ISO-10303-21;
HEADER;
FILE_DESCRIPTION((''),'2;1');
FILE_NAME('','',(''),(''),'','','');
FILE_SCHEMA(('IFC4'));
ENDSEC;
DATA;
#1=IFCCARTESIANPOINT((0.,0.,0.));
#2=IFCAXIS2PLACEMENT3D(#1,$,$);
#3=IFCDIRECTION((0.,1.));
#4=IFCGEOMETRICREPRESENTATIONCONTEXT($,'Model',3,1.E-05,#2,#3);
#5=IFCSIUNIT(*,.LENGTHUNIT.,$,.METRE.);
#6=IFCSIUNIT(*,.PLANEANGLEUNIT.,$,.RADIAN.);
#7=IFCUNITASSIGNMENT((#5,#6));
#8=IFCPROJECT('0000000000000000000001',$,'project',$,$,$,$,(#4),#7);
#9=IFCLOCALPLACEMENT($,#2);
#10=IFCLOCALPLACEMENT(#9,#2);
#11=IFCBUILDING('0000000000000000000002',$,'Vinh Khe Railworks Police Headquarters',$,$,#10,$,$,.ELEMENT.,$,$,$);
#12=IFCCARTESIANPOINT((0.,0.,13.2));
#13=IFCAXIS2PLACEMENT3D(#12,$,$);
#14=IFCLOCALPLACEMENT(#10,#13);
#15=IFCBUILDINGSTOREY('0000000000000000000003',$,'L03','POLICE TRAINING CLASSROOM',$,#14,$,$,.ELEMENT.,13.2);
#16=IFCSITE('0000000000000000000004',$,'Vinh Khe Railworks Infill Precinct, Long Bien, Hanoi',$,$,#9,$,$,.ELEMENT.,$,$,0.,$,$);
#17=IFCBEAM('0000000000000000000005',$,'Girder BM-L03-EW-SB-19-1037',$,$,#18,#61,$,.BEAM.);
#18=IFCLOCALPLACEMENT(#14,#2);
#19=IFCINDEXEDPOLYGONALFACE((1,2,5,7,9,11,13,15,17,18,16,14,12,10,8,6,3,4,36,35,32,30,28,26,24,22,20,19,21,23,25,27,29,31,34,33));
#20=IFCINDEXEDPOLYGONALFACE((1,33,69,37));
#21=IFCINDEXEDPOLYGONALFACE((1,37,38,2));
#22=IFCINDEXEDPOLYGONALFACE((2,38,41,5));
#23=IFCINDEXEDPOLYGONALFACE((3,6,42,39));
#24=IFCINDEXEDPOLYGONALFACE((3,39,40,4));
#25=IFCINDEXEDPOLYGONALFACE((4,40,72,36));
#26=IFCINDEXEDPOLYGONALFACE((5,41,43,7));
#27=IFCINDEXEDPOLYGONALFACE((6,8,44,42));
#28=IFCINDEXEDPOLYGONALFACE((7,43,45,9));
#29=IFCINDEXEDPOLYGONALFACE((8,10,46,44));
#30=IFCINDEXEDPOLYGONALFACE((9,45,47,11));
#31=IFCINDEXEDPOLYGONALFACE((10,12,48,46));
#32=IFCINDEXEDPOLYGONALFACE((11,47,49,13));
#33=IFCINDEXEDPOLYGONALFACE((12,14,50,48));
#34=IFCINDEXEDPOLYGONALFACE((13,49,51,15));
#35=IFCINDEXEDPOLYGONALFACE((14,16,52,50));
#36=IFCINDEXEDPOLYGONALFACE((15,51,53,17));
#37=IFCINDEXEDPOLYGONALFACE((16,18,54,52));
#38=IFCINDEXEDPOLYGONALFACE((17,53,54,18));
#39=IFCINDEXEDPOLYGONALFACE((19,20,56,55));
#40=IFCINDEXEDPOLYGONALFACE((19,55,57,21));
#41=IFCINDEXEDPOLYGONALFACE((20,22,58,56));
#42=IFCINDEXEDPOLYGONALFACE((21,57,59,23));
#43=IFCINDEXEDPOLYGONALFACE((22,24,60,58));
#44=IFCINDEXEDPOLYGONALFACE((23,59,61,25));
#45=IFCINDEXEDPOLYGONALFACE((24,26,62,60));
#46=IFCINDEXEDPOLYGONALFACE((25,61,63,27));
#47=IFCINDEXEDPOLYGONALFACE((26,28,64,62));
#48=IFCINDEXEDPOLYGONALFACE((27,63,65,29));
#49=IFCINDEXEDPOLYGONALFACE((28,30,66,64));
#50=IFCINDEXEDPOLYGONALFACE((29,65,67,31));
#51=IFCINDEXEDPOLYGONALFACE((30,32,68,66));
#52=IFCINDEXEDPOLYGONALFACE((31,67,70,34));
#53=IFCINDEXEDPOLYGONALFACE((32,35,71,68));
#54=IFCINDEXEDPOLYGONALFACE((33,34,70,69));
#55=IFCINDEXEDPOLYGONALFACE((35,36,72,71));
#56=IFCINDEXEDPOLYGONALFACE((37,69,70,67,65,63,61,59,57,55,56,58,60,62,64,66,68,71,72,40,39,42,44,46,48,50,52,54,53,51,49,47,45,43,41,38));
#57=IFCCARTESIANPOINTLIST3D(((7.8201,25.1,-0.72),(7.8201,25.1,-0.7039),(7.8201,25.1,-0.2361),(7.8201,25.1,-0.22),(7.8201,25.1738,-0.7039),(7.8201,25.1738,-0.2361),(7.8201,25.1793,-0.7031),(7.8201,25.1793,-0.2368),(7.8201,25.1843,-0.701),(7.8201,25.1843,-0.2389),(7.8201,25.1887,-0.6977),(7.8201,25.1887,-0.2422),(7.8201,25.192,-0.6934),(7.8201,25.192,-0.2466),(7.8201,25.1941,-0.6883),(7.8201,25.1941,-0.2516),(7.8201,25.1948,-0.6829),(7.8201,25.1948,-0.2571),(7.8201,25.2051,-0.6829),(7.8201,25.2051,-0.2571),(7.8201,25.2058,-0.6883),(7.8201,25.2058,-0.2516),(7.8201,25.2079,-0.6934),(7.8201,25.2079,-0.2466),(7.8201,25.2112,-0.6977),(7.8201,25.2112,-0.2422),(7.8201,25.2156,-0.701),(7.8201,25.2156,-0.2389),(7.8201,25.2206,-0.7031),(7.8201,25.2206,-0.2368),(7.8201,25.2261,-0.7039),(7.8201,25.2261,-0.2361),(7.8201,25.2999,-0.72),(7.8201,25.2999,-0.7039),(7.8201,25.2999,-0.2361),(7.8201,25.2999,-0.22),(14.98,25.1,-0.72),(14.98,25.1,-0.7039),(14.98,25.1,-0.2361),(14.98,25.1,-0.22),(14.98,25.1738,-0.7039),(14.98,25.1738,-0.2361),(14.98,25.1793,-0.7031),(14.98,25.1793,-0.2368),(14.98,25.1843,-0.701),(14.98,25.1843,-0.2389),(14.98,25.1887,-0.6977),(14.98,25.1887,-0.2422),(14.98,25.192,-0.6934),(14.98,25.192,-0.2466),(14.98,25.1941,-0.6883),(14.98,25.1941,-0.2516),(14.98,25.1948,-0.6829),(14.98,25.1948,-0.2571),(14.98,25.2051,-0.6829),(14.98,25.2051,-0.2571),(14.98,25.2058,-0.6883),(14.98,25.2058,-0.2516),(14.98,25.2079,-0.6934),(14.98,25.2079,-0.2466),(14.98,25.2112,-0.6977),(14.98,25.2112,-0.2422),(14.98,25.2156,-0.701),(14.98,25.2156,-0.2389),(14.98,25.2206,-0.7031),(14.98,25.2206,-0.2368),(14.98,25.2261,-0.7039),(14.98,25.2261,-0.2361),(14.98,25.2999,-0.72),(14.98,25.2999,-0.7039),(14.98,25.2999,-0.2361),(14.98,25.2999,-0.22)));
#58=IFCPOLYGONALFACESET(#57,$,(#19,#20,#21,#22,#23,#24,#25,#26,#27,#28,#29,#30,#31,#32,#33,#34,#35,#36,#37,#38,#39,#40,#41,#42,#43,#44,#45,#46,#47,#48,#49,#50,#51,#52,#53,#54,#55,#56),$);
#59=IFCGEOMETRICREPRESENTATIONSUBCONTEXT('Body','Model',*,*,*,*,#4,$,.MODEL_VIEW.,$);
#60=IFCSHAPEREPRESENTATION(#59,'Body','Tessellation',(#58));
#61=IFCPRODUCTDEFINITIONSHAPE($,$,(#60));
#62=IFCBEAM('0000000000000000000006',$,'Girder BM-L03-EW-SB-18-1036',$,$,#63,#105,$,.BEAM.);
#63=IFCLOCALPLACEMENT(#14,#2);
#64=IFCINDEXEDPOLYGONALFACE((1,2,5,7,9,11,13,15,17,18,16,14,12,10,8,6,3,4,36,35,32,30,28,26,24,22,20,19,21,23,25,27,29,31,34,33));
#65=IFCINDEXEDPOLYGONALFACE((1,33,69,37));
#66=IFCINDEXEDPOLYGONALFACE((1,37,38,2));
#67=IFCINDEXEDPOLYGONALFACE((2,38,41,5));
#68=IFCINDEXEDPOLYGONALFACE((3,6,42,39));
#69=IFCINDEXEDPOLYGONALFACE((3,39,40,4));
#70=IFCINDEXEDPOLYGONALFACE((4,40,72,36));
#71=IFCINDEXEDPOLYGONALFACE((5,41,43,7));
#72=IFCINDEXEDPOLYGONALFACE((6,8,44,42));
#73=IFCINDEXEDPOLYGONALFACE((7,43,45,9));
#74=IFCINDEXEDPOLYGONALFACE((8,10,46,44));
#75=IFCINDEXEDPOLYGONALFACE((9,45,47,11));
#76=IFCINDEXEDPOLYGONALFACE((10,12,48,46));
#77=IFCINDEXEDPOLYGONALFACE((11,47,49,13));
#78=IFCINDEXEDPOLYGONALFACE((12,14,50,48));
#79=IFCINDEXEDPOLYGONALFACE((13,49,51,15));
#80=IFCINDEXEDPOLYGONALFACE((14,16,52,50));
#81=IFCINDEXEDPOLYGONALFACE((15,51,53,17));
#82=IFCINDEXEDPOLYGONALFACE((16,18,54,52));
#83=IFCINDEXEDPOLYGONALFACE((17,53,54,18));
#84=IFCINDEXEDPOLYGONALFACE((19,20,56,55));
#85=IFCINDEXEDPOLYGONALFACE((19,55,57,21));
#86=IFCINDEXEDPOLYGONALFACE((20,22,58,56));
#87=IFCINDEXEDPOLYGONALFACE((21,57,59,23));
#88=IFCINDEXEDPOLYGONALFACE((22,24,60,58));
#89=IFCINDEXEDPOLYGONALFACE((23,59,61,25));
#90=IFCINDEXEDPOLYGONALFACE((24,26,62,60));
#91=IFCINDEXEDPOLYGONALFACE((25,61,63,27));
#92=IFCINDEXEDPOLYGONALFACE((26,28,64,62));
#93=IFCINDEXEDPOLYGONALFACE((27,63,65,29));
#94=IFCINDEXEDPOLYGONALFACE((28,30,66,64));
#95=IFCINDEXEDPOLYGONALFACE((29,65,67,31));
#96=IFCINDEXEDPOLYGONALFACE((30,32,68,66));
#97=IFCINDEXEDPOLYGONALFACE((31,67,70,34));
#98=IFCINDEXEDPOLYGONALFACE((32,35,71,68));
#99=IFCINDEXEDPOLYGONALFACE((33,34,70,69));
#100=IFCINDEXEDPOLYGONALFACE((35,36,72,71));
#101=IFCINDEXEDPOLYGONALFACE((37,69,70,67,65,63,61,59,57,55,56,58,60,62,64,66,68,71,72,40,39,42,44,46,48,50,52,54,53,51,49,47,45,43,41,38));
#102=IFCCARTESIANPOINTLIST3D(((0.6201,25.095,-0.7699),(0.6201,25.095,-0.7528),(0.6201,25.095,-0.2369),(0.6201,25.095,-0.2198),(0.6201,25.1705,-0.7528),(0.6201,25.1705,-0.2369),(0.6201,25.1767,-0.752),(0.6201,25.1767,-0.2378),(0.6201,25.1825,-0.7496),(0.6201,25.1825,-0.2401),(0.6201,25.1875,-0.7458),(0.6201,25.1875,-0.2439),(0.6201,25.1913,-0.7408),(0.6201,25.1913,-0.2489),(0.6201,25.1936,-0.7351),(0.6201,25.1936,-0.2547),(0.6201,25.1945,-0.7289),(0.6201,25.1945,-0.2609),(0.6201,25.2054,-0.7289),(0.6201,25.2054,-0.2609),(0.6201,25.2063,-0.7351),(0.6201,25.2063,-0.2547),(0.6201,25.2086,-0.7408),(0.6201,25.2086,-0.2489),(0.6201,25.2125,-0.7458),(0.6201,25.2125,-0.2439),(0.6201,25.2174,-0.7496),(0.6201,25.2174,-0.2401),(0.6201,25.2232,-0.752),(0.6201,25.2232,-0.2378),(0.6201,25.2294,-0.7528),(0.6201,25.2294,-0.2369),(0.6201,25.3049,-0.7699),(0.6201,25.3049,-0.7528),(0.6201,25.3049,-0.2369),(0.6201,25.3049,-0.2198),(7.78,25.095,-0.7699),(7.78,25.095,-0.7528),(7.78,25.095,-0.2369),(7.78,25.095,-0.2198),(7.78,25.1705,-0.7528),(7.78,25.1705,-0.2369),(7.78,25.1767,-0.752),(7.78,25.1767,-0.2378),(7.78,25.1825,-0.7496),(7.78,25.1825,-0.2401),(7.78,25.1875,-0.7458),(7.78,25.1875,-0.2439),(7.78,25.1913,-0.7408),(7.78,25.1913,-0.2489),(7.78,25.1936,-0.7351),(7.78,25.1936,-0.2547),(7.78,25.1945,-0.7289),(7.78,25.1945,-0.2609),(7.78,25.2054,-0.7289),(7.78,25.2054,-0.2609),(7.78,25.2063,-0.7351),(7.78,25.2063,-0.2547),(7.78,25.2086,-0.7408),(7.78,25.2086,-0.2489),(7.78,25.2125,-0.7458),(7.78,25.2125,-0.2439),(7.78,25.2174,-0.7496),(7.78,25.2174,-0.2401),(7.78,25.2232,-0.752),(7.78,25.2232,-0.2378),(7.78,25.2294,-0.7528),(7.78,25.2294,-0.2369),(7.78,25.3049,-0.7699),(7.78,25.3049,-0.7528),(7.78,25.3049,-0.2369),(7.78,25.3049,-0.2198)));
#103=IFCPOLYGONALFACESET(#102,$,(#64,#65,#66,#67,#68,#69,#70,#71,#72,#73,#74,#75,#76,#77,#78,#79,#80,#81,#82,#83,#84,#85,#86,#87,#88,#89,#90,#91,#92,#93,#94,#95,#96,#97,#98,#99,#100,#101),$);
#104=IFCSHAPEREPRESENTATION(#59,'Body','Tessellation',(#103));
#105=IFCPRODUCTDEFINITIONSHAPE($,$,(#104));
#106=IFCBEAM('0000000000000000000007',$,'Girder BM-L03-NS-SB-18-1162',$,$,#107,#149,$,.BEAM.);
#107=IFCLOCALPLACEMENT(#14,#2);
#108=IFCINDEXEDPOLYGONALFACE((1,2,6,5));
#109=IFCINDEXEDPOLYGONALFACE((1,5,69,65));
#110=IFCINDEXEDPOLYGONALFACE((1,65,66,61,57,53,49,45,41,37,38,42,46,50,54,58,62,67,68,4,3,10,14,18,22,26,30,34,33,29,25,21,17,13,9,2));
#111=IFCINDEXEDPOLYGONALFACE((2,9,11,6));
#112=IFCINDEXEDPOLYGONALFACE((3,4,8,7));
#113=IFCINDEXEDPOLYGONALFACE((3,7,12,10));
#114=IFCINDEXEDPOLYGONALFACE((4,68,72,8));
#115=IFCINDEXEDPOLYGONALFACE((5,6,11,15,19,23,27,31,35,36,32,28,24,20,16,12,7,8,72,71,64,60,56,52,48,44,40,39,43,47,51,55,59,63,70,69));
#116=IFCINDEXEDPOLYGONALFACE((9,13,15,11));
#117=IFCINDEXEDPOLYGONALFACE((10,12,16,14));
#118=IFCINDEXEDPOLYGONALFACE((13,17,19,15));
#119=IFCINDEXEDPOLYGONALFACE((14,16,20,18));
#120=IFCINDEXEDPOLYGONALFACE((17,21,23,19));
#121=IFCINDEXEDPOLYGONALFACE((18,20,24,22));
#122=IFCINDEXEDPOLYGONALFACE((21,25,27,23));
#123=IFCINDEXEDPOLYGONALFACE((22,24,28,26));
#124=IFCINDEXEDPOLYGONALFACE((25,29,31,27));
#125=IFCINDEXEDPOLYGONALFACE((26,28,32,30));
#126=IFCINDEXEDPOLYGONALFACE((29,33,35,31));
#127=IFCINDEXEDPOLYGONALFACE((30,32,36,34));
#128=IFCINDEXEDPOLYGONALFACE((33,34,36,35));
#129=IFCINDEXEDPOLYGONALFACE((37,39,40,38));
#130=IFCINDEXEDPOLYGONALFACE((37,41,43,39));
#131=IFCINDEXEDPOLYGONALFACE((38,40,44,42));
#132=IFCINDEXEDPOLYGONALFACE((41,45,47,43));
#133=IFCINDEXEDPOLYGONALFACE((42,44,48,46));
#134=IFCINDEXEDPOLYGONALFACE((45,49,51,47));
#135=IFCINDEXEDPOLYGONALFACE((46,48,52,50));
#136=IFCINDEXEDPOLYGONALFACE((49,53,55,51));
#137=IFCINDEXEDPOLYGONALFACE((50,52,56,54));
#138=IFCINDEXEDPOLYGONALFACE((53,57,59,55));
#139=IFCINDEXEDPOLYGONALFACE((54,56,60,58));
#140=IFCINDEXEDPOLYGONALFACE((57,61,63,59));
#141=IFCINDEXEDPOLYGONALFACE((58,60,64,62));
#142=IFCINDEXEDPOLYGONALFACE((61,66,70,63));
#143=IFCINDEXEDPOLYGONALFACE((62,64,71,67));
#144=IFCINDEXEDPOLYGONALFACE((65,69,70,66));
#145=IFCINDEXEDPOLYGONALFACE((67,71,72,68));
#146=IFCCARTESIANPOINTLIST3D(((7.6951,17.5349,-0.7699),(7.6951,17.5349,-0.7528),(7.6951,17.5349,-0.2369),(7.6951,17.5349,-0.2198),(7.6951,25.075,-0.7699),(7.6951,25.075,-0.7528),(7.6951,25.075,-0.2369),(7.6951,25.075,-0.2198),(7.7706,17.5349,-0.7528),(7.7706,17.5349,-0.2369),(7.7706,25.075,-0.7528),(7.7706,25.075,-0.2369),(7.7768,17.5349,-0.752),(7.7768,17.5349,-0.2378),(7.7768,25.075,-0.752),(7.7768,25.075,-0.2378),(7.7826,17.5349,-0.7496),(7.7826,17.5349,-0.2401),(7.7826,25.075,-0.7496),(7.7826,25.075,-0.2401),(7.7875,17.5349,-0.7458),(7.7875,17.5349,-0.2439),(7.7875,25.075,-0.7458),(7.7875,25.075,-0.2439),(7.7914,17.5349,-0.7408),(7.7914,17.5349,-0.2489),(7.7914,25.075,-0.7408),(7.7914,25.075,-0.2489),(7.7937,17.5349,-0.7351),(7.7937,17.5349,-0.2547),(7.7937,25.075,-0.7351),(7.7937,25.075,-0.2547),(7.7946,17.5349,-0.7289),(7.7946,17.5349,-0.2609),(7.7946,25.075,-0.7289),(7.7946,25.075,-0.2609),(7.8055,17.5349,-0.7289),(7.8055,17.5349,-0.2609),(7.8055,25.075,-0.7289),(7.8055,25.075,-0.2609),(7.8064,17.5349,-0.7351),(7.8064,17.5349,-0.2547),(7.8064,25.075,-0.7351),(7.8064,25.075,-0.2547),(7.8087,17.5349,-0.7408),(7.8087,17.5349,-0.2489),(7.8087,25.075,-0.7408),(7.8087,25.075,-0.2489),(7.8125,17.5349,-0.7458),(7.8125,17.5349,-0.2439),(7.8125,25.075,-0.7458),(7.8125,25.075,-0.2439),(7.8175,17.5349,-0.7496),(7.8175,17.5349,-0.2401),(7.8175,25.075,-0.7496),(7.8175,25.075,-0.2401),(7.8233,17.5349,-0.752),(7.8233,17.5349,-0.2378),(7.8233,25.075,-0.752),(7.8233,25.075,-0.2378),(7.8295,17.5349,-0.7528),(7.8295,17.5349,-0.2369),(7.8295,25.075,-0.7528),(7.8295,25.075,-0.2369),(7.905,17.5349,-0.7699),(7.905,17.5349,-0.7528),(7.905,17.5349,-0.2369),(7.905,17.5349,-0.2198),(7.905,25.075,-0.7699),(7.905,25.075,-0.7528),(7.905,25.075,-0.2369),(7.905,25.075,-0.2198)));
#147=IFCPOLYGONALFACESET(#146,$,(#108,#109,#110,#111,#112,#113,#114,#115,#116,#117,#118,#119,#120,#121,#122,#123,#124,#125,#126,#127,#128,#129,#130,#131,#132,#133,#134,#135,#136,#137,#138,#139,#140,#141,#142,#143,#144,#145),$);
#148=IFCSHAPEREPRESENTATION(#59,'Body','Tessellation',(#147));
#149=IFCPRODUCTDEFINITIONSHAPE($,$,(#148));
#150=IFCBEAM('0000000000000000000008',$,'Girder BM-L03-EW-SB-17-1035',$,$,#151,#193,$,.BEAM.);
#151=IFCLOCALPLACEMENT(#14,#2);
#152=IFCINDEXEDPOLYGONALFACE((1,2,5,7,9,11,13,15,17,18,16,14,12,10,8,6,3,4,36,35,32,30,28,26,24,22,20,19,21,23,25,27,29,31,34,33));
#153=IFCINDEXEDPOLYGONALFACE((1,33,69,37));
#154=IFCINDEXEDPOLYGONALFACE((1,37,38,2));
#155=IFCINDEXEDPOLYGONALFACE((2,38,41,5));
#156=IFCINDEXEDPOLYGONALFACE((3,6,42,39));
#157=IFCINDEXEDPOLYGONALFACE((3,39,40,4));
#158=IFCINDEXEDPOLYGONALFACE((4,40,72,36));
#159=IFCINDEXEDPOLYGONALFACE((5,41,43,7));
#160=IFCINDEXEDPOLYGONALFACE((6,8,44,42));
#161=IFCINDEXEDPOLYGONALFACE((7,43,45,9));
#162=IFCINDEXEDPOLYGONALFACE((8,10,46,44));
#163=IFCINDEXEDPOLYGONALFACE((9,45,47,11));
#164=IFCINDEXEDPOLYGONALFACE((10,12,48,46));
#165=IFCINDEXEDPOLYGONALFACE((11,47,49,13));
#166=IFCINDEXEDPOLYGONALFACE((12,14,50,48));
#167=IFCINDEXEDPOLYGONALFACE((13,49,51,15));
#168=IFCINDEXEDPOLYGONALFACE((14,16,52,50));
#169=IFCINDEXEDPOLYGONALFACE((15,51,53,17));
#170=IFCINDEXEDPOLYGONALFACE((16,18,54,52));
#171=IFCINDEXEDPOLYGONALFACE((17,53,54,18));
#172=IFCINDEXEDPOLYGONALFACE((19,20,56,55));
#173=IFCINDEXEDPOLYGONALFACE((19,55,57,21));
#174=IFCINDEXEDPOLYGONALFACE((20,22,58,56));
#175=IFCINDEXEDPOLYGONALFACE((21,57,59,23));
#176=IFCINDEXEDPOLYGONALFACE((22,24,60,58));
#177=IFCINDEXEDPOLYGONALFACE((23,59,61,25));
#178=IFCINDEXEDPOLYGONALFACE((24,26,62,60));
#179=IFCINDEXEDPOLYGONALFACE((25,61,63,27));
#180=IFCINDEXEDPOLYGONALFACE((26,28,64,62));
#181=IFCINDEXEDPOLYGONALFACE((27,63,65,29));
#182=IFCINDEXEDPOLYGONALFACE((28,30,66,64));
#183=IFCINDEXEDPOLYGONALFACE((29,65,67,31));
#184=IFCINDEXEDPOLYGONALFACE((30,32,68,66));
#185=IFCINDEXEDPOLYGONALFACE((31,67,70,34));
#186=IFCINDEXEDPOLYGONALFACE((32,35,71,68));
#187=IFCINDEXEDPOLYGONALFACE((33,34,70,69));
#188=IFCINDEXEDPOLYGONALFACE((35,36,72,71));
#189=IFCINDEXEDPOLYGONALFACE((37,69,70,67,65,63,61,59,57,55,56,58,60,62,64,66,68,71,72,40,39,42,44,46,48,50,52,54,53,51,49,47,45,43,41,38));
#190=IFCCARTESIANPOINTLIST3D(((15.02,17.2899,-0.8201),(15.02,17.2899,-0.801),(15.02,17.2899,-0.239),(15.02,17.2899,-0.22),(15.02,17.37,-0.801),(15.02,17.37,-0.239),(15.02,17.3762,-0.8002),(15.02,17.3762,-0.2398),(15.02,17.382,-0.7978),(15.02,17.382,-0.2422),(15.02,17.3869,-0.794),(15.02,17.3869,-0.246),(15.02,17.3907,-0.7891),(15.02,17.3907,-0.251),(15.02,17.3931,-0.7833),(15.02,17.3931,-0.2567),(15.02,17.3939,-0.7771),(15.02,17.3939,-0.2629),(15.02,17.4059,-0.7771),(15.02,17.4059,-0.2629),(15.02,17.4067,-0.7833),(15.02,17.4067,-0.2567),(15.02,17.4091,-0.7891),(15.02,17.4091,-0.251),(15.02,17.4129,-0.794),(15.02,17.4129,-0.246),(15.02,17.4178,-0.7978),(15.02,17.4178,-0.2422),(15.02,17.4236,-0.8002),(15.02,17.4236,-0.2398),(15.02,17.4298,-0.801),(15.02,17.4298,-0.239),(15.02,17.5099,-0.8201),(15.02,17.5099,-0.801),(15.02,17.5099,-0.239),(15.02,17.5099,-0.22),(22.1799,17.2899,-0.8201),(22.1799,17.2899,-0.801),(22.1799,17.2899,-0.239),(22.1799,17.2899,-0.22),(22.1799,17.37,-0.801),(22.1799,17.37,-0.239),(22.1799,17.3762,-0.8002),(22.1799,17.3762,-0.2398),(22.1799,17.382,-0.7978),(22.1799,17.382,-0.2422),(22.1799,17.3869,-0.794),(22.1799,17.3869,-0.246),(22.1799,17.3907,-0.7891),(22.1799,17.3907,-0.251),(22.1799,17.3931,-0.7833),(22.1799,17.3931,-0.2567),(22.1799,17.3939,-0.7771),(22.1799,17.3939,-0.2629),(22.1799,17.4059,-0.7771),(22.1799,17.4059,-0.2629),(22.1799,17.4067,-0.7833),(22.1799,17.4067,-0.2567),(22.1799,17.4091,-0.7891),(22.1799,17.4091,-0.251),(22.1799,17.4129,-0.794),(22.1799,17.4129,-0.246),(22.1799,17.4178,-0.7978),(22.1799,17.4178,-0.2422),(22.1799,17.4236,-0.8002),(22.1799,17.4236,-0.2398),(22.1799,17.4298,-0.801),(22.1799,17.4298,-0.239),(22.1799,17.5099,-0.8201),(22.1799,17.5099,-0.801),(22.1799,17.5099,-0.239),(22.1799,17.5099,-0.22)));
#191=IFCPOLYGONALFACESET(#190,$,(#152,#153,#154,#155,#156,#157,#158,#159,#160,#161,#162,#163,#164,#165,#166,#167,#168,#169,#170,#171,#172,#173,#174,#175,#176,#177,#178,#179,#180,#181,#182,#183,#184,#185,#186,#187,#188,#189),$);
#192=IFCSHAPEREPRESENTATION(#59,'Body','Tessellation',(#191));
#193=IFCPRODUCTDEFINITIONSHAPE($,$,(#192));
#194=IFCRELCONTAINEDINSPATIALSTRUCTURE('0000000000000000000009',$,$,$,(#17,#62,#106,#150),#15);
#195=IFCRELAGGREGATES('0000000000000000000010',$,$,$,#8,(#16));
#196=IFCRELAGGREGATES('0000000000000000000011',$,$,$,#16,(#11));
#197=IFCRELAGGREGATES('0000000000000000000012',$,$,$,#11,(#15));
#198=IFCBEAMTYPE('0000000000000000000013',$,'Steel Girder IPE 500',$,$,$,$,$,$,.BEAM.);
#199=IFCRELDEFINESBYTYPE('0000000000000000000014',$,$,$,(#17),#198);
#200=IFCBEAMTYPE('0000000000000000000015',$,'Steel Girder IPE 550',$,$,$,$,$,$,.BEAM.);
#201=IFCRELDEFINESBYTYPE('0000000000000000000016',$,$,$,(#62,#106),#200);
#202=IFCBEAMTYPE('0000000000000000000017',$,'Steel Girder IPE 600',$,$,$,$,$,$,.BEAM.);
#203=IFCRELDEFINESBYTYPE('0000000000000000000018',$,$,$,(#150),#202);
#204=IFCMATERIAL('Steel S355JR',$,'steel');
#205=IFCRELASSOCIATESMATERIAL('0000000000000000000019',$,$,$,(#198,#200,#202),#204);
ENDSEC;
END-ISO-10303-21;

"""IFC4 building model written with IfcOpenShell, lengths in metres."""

from ifc_helpers import new_model, si_unit, direction, frame, origin, origin_2d, place, context, subcontext, project, spatial, i_section, extrude, material, material_profile, profile_set, type_object, element, save


model = new_model("IFC4")

# Units and contexts
model_context = context("Model", 3, precision=1e-05, world=origin(), true_north=direction((0.0, 1.0)))
body_context = subcontext(model_context, "Body", "Model", "MODEL_VIEW")
ifc_project = project(units=[si_unit("LENGTHUNIT", "METRE"), si_unit("PLANEANGLEUNIT", "RADIAN")], contexts=[model_context])

# Site, building, storey
site_placement = place(None, origin())
site = spatial("IfcSite", under=ifc_project, at=site_placement, Name="Vinh Khe Railworks Infill Precinct, Long Bien, Hanoi", CompositionType="ELEMENT", RefElevation=0.0)
building_placement = place(site_placement, origin())
building = spatial("IfcBuilding", under=site, at=building_placement, Name="Vinh Khe Railworks Police Headquarters", CompositionType="ELEMENT")
storey_placement = place(building_placement, frame((0.0, 0.0, 13.2)))
storey = spatial("IfcBuildingStorey", under=building, at=storey_placement, Name="L03", Description="POLICE TRAINING CLASSROOM", CompositionType="ELEMENT", Elevation=13.2)

# Shared definitions
ifc_material_1 = material(Name="Steel S355JR", Category="steel")

# Beams
ifc_material_profile_1 = material_profile(ifc_material_1, i_section(OverallWidth=0.2, OverallDepth=0.5, WebThickness=0.0103, FlangeThickness=0.0161, FilletRadius=0.021, at=origin_2d()), Name="IPE 500")
ifc_profile_set_1 = profile_set([ifc_material_profile_1], Name="Steel S355JR")
beam_type_1 = type_object("IfcBeamType", Name="Steel Girder IPE 500", PredefinedType="BEAM", material=ifc_profile_set_1)
beam_1_placement = place(storey_placement, frame((7.8201, 25.2, -0.47), z_axis=(1.0, 0.0, 0.0), x_axis=(0.0, 1.0, 0.0)))
element("IfcBeam", 1, at=beam_1_placement, inside=storey, type_object=beam_type_1, Name="Girder BM-L03-EW-SB-19-1037", PredefinedType="BEAM", context=body_context, shape_type="SweptSolid", body=[
    extrude(i_section(OverallWidth=0.2, OverallDepth=0.5, WebThickness=0.0103, FlangeThickness=0.0161, FilletRadius=0.021, at=origin_2d()), origin(), (0.0, 0.0, 1.0), 7.1599),
])
ifc_material_profile_2 = material_profile(ifc_material_1, i_section(OverallWidth=0.21, OverallDepth=0.55, WebThickness=0.011, FlangeThickness=0.0171, FilletRadius=0.0239, at=origin_2d()), Name="IPE 550")
ifc_profile_set_2 = profile_set([ifc_material_profile_2], Name="Steel S355JR")
beam_type_2 = type_object("IfcBeamType", Name="Steel Girder IPE 550", PredefinedType="BEAM", material=ifc_profile_set_2)
beam_2_placement = place(storey_placement, frame((0.6201, 25.2, -0.4949), z_axis=(1.0, 0.0, 0.0), x_axis=(0.0, 1.0, 0.0)))
element("IfcBeam", 2, at=beam_2_placement, inside=storey, type_object=beam_type_2, Name="Girder BM-L03-EW-SB-18-1036", PredefinedType="BEAM", context=body_context, shape_type="SweptSolid", body=[
    extrude(i_section(OverallWidth=0.21, OverallDepth=0.55, WebThickness=0.011, FlangeThickness=0.0171, FilletRadius=0.0239, at=origin_2d()), origin(), (0.0, 0.0, 1.0), 7.1599),
])
beam_3_placement = place(storey_placement, frame((7.8, 17.5349, -0.4949), z_axis=(0.0, 1.0, 0.0), x_axis=(-1.0, 0.0, 0.0)))
element("IfcBeam", 3, at=beam_3_placement, inside=storey, type_object=beam_type_2, Name="Girder BM-L03-NS-SB-18-1162", PredefinedType="BEAM", context=body_context, shape_type="SweptSolid", body=[
    extrude(i_section(OverallWidth=0.21, OverallDepth=0.55, WebThickness=0.011, FlangeThickness=0.0171, FilletRadius=0.0239, at=origin_2d()), origin(), (0.0, 0.0, 1.0), 7.54),
])
ifc_material_profile_3 = material_profile(ifc_material_1, i_section(OverallWidth=0.22, OverallDepth=0.6001, WebThickness=0.012, FlangeThickness=0.019, FilletRadius=0.0239, at=origin_2d()), Name="IPE 600")
ifc_profile_set_3 = profile_set([ifc_material_profile_3], Name="Steel S355JR")
beam_type_3 = type_object("IfcBeamType", Name="Steel Girder IPE 600", PredefinedType="BEAM", material=ifc_profile_set_3)
beam_4_placement = place(storey_placement, frame((15.02, 17.3999, -0.52), z_axis=(1.0, 0.0, 0.0), x_axis=(0.0, 1.0, 0.0)))
element("IfcBeam", 4, at=beam_4_placement, inside=storey, type_object=beam_type_3, Name="Girder BM-L03-EW-SB-17-1035", PredefinedType="BEAM", context=body_context, shape_type="SweptSolid", body=[
    extrude(i_section(OverallWidth=0.22, OverallDepth=0.6001, WebThickness=0.012, FlangeThickness=0.019, FilletRadius=0.0239, at=origin_2d()), origin(), (0.0, 0.0, 1.0), 7.1599),
])

save(model, "model.ifc")
